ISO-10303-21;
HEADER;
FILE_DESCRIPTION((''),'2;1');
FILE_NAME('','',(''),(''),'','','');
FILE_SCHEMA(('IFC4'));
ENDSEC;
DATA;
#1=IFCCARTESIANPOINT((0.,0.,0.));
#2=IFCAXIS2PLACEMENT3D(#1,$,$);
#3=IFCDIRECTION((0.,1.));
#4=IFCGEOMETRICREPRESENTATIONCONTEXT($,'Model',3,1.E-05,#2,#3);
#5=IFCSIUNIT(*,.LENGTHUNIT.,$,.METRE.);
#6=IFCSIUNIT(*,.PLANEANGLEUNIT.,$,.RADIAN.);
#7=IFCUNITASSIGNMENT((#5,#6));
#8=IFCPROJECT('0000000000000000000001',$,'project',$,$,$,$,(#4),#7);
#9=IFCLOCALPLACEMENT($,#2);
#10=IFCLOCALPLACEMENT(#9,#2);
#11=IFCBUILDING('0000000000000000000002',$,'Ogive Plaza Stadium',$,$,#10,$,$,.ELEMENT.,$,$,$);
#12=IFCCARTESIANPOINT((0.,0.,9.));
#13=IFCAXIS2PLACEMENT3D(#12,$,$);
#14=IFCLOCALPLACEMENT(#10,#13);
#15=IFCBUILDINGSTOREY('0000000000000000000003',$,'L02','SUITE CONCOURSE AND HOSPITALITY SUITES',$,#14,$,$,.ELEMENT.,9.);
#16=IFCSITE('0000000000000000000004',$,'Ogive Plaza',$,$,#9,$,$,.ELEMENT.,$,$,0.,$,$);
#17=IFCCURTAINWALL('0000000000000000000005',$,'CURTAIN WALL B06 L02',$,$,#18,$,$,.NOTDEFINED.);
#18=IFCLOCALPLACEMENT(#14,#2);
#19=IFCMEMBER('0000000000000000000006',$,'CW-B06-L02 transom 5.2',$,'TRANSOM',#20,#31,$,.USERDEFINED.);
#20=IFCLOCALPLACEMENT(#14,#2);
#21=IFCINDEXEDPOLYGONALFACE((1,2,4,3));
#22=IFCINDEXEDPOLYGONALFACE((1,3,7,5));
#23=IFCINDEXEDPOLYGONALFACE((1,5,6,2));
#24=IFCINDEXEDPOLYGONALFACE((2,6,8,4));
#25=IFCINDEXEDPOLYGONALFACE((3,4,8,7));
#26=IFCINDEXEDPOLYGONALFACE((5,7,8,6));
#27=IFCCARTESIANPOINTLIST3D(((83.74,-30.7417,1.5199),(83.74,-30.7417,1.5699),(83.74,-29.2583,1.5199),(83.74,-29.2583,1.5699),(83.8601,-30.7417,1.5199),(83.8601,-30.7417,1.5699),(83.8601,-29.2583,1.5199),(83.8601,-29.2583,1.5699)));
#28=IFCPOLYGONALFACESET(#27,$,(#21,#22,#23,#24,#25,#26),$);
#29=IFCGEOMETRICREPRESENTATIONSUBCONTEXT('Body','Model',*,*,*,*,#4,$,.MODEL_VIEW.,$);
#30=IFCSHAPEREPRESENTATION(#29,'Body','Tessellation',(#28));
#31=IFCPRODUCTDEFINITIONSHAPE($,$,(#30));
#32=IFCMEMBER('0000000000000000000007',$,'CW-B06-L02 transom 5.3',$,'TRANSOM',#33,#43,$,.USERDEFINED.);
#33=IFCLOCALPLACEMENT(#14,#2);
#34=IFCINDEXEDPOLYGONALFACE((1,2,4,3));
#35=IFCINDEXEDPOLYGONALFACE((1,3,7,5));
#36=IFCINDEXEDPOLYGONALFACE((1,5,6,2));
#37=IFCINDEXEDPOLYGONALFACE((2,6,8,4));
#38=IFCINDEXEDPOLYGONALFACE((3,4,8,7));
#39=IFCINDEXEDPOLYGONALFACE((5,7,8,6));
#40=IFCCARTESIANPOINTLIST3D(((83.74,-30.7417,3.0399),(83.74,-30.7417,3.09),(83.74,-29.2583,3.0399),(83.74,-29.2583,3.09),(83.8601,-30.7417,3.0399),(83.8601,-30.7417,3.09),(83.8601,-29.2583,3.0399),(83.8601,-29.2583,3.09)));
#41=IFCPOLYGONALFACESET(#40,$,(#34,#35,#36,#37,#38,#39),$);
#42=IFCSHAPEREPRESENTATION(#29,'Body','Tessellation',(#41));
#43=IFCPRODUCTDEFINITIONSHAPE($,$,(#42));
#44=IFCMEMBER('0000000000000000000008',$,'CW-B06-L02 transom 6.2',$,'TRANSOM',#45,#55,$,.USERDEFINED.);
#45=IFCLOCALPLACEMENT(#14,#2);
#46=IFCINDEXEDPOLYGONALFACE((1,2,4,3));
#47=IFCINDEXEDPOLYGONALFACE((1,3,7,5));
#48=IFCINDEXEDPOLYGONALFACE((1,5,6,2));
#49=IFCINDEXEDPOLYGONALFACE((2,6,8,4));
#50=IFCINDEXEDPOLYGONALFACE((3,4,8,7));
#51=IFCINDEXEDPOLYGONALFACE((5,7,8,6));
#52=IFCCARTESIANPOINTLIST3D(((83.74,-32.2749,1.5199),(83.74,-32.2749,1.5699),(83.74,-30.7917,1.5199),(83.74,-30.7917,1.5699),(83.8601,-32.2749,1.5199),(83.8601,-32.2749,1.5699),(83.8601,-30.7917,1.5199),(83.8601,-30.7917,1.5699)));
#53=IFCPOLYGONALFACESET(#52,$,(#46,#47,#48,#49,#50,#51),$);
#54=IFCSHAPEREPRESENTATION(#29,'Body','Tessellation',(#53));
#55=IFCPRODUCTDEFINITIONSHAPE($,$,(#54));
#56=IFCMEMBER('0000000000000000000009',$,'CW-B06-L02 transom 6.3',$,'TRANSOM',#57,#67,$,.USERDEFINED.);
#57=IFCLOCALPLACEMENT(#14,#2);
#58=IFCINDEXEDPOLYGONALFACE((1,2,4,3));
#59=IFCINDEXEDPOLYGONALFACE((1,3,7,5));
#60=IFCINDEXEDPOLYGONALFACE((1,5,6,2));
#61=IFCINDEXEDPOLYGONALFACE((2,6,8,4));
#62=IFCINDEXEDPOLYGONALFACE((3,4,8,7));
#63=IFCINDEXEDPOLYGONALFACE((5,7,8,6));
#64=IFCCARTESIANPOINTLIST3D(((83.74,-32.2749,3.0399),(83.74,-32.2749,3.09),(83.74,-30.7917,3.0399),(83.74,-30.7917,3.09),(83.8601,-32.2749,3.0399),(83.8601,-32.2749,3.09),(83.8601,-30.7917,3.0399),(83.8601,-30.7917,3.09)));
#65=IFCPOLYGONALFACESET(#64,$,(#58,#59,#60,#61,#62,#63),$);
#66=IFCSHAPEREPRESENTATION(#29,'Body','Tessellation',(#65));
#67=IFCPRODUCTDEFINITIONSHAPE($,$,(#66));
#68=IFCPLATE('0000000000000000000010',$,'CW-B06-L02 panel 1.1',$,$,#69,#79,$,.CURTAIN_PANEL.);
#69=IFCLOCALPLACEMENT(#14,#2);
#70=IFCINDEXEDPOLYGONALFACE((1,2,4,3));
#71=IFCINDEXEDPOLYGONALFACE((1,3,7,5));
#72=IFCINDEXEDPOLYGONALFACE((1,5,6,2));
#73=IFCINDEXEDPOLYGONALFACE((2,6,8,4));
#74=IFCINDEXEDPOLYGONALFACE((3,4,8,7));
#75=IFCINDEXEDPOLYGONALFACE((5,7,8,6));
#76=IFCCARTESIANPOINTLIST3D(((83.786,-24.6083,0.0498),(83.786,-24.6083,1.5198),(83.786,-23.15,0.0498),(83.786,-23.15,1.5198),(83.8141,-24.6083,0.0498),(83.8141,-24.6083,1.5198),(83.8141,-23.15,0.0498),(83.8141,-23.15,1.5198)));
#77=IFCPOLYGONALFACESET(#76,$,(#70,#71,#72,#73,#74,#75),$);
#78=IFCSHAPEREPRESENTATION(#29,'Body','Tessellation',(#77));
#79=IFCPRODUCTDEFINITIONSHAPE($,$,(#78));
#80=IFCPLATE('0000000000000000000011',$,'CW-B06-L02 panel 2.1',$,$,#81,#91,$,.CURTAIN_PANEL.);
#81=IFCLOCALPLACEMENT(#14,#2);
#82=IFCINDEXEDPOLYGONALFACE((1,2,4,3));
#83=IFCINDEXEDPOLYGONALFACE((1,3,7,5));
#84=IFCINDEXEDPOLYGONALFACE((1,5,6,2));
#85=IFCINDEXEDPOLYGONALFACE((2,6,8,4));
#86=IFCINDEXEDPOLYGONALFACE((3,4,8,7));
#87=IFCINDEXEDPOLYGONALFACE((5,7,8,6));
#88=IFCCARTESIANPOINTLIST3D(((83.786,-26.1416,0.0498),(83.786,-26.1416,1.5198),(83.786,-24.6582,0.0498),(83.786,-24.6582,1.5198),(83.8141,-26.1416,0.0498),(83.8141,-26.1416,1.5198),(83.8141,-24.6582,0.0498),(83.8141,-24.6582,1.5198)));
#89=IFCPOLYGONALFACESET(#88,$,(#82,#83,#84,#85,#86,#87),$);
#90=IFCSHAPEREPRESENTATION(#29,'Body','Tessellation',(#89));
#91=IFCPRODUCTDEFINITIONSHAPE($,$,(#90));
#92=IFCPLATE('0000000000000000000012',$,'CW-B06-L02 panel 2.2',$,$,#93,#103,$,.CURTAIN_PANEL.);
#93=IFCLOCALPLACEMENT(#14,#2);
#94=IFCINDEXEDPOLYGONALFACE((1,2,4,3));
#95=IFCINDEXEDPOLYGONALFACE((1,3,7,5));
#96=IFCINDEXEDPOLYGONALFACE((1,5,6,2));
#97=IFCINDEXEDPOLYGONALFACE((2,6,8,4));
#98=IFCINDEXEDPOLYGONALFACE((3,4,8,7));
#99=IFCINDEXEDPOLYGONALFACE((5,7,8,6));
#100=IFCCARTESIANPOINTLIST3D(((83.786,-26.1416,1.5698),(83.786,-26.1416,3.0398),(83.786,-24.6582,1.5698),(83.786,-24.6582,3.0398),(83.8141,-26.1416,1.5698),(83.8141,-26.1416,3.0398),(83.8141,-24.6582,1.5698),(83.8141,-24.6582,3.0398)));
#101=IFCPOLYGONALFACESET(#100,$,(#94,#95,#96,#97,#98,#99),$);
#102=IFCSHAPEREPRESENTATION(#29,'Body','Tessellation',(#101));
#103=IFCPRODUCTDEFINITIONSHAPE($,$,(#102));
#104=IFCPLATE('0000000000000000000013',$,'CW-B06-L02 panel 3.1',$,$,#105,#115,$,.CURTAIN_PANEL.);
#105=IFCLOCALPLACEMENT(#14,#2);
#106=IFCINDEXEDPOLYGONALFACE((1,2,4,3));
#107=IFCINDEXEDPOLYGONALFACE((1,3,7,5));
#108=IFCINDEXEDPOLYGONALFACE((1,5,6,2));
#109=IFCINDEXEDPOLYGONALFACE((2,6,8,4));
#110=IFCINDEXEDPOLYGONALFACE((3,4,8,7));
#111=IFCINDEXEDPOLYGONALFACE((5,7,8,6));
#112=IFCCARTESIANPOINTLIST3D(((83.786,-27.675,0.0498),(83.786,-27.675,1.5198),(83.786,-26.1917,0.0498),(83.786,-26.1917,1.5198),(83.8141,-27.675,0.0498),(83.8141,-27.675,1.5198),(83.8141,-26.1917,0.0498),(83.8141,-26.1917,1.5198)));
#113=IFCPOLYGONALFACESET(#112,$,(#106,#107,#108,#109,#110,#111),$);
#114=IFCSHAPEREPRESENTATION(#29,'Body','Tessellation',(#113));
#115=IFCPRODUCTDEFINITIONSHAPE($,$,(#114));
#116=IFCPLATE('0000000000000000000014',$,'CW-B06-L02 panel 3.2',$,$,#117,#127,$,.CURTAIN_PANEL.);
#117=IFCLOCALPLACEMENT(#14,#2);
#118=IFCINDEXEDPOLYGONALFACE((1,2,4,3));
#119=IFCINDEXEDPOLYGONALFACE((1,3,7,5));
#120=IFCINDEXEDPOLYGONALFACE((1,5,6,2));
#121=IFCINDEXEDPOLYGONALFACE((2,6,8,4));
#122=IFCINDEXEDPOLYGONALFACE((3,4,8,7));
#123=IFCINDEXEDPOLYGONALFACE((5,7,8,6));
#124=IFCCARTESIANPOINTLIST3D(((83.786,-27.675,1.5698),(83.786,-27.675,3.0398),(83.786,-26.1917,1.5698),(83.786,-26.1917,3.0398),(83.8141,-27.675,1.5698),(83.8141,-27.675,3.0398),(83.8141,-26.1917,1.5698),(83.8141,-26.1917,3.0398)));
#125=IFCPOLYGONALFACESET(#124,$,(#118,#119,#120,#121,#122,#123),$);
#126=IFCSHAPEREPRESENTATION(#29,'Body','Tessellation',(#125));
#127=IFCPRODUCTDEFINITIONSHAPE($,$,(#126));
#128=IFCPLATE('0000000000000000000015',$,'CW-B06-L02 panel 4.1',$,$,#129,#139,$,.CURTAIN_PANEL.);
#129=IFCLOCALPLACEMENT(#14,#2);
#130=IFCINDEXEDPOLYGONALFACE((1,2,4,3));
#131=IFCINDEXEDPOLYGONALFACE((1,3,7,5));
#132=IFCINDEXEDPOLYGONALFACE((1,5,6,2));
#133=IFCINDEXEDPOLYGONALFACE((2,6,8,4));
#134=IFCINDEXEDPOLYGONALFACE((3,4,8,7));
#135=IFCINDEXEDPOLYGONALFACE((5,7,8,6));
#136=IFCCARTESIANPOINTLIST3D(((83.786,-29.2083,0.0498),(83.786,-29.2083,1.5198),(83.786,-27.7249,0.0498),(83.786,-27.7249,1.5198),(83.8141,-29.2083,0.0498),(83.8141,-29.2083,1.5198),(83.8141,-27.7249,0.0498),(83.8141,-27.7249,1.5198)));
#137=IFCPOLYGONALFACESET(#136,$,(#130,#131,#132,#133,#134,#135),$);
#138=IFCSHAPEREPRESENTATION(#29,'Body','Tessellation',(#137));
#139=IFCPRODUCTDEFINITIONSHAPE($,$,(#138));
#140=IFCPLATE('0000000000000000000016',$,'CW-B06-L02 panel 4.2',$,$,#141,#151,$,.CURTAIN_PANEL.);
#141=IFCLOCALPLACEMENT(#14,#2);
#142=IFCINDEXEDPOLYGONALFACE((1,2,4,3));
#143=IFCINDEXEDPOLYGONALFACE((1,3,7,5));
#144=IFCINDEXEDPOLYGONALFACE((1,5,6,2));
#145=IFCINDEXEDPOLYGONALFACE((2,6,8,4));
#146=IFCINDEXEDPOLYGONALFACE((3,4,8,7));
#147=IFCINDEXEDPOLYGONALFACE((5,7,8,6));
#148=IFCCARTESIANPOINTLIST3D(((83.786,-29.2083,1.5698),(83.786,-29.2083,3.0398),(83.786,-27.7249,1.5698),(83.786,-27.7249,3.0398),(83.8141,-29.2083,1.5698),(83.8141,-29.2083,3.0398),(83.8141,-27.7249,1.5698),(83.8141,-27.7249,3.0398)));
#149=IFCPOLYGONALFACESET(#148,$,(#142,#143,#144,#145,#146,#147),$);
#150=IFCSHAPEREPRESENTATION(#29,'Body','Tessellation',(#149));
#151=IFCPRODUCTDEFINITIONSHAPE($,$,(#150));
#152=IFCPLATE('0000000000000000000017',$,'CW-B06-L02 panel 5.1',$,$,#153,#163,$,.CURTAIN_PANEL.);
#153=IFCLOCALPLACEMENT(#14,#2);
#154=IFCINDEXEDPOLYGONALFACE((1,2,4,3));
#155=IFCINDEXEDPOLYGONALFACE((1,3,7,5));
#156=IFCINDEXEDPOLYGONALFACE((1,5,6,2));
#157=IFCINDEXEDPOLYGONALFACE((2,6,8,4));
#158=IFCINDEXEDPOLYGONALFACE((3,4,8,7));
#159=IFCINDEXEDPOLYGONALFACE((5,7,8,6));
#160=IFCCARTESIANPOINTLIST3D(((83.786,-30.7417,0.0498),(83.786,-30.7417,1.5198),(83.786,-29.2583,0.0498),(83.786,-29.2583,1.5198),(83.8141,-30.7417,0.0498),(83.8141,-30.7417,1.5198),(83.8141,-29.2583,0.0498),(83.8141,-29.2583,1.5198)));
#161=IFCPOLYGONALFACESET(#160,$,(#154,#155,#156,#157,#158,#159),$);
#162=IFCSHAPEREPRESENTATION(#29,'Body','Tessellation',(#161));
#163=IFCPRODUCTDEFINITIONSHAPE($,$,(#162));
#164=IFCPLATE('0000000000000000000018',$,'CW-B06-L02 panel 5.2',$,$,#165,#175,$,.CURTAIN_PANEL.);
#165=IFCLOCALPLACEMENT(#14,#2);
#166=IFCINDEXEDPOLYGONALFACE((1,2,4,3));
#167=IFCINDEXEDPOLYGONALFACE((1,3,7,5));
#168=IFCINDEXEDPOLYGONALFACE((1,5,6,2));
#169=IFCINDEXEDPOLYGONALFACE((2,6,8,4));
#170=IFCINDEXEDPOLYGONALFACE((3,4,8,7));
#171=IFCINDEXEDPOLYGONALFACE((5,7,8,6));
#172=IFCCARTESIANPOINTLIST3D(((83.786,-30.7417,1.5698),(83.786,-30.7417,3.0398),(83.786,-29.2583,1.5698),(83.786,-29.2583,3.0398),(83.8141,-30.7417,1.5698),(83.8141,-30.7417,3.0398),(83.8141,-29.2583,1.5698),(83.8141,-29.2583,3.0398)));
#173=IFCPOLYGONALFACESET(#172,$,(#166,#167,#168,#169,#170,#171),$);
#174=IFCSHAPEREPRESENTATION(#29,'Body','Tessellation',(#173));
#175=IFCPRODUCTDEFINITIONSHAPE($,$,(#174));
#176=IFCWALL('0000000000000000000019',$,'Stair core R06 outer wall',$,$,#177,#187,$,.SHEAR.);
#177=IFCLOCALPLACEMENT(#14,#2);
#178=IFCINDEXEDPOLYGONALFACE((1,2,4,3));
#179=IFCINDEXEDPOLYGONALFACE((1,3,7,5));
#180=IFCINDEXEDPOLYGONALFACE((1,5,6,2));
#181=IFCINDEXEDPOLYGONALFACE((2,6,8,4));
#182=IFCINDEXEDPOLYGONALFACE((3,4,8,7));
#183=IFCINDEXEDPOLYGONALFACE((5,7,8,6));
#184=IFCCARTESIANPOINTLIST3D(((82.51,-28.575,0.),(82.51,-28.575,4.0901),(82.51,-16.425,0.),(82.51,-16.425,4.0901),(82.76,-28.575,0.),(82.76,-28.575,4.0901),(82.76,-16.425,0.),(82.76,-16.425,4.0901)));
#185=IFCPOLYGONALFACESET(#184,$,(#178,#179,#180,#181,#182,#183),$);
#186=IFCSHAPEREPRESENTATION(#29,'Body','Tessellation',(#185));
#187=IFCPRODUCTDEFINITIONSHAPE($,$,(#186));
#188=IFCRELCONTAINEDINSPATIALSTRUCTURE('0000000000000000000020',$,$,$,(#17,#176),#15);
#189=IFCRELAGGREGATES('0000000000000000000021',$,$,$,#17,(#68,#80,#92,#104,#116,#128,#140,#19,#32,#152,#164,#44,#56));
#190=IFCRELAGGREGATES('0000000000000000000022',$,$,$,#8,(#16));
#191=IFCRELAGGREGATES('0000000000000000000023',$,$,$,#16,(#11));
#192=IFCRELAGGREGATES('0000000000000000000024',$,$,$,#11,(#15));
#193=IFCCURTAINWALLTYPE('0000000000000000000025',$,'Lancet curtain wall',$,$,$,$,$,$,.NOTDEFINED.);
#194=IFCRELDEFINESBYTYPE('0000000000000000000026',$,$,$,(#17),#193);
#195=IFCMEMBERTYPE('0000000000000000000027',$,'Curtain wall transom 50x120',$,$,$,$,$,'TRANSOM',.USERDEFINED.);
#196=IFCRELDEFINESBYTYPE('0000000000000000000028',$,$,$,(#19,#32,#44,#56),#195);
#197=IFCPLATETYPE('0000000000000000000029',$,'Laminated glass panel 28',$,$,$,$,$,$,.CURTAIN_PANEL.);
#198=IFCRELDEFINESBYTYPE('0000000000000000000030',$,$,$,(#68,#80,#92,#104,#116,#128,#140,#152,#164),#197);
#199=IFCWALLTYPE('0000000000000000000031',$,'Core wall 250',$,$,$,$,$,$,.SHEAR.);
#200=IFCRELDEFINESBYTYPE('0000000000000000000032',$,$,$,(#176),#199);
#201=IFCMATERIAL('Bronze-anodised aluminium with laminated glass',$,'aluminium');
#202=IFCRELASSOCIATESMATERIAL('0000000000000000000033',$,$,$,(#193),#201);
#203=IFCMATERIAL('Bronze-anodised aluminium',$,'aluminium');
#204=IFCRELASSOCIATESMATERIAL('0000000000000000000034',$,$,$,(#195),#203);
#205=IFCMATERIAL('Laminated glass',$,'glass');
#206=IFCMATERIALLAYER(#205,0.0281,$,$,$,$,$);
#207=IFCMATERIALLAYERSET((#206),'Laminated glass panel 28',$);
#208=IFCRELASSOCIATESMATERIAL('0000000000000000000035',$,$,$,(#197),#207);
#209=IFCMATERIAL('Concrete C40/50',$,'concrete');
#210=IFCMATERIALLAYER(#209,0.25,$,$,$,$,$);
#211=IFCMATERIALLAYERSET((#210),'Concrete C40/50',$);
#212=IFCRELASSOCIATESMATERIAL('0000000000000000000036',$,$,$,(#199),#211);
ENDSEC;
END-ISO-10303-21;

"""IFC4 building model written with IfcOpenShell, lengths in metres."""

from ifc_helpers import new_model, si_unit, direction, frame, frame_2d, origin, origin_2d, place, context, subcontext, project, spatial, rectangle, extrude, material, layer, layer_set, material_profile, profile_set, type_object, element, aggregate, save


model = new_model("IFC4")

# Units and contexts
model_context = context("Model", 3, precision=1e-05, world=origin(), true_north=direction((0.0, 1.0)))
body_context = subcontext(model_context, "Body", "Model", "MODEL_VIEW")
ifc_project = project(units=[si_unit("LENGTHUNIT", "METRE"), si_unit("PLANEANGLEUNIT", "RADIAN")], contexts=[model_context])

# Site, building, storey
site_placement = place(None, origin())
site = spatial("IfcSite", under=ifc_project, at=site_placement, Name="Ogive Plaza", CompositionType="ELEMENT", RefElevation=0.0)
building_placement = place(site_placement, origin())
building = spatial("IfcBuilding", under=site, at=building_placement, Name="Ogive Plaza Stadium", CompositionType="ELEMENT")
storey_placement = place(building_placement, frame((0.0, 0.0, 9.0)))
storey = spatial("IfcBuildingStorey", under=building, at=storey_placement, Name="L02", Description="SUITE CONCOURSE AND HOSPITALITY SUITES", CompositionType="ELEMENT", Elevation=9.0)

# Curtain wall, members, plates
ifc_material_1 = material(Name="Bronze-anodised aluminium with laminated glass", Category="aluminium")
curtain_wall_type = type_object("IfcCurtainWallType", Name="Lancet curtain wall", PredefinedType="NOTDEFINED", material=ifc_material_1)
curtain_wall_placement = place(storey_placement, origin())
curtain_wall = element("IfcCurtainWall", 1, at=curtain_wall_placement, inside=storey, type_object=curtain_wall_type, Name="CURTAIN WALL B06 L02", PredefinedType="NOTDEFINED")
ifc_material_2 = material(Name="Bronze-anodised aluminium", Category="aluminium")
ifc_material_profile_1 = material_profile(ifc_material_2, rectangle(XDim=0.1201, YDim=0.05, at=origin_2d()), Name="AL 120x50")
ifc_profile_set_1 = profile_set([ifc_material_profile_1], Name="Bronze-anodised aluminium")
member_type_1 = type_object("IfcMemberType", Name="Curtain wall transom 50x120", ElementType="TRANSOM", PredefinedType="USERDEFINED", material=ifc_profile_set_1)
member_1_placement = place(storey_placement, frame((83.8, -29.2583, 1.5449), z_axis=(0.0, -1.0, 0.0), x_axis=(1.0, 0.0, 0.0)))
member_1 = element("IfcMember", 2, at=member_1_placement, type_object=member_type_1, Name="CW-B06-L02 transom 5.2", ObjectType="TRANSOM", PredefinedType="USERDEFINED", context=body_context, shape_type="SweptSolid", body=[
    extrude(rectangle(XDim=0.1201, YDim=0.05, at=origin_2d()), origin(), (0.0, 0.0, 1.0), 1.4834),
])
member_2_placement = place(storey_placement, frame((83.8, -29.2583, 3.0649), z_axis=(0.0, -1.0, 0.0), x_axis=(1.0, 0.0, 0.0)))
member_2 = element("IfcMember", 3, at=member_2_placement, type_object=member_type_1, Name="CW-B06-L02 transom 5.3", ObjectType="TRANSOM", PredefinedType="USERDEFINED", context=body_context, shape_type="SweptSolid", body=[
    extrude(rectangle(XDim=0.1201, YDim=0.05, at=origin_2d()), origin(), (0.0, 0.0, 1.0), 1.4834),
])
member_3_placement = place(storey_placement, frame((83.8, -30.7917, 1.5449), z_axis=(0.0, -1.0, 0.0), x_axis=(1.0, 0.0, 0.0)))
member_3 = element("IfcMember", 4, at=member_3_placement, type_object=member_type_1, Name="CW-B06-L02 transom 6.2", ObjectType="TRANSOM", PredefinedType="USERDEFINED", context=body_context, shape_type="SweptSolid", body=[
    extrude(rectangle(XDim=0.1201, YDim=0.05, at=origin_2d()), origin(), (0.0, 0.0, 1.0), 1.4832),
])
member_4_placement = place(storey_placement, frame((83.8, -30.7917, 3.0649), z_axis=(0.0, -1.0, 0.0), x_axis=(1.0, 0.0, 0.0)))
member_4 = element("IfcMember", 5, at=member_4_placement, type_object=member_type_1, Name="CW-B06-L02 transom 6.3", ObjectType="TRANSOM", PredefinedType="USERDEFINED", context=body_context, shape_type="SweptSolid", body=[
    extrude(rectangle(XDim=0.1201, YDim=0.05, at=origin_2d()), origin(), (0.0, 0.0, 1.0), 1.4832),
])
ifc_material_3 = material(Name="Laminated glass", Category="glass")
ifc_layer_1 = layer(ifc_material_3, 0.0281)
ifc_layer_set_1 = layer_set([ifc_layer_1], Name="Laminated glass panel 28")
plate_type = type_object("IfcPlateType", Name="Laminated glass panel 28", PredefinedType="CURTAIN_PANEL", material=ifc_layer_set_1)
plate_1_placement = place(storey_placement, frame((83.8, -23.8792, 0.0498), z_axis=(0.0, 0.0, 1.0), x_axis=(0.0, -1.0, 0.0)))
plate_1 = element("IfcPlate", 6, at=plate_1_placement, type_object=plate_type, Name="CW-B06-L02 panel 1.1", PredefinedType="CURTAIN_PANEL", context=body_context, shape_type="SweptSolid", body=[
    extrude(rectangle(XDim=1.4583, YDim=0.0281, at=origin_2d()), origin(), (0.0, 0.0, 1.0), 1.47),
])
plate_2_placement = place(storey_placement, frame((83.8, -25.3999, 0.0498), z_axis=(0.0, 0.0, 1.0), x_axis=(0.0, -1.0, 0.0)))
plate_2 = element("IfcPlate", 7, at=plate_2_placement, type_object=plate_type, Name="CW-B06-L02 panel 2.1", PredefinedType="CURTAIN_PANEL", context=body_context, shape_type="SweptSolid", body=[
    extrude(rectangle(XDim=1.4834, YDim=0.0281, at=origin_2d()), origin(), (0.0, 0.0, 1.0), 1.47),
])
plate_3_placement = place(storey_placement, frame((83.8, -25.3999, 1.5698), z_axis=(0.0, 0.0, 1.0), x_axis=(0.0, -1.0, 0.0)))
plate_3 = element("IfcPlate", 8, at=plate_3_placement, type_object=plate_type, Name="CW-B06-L02 panel 2.2", PredefinedType="CURTAIN_PANEL", context=body_context, shape_type="SweptSolid", body=[
    extrude(rectangle(XDim=1.4834, YDim=0.0281, at=origin_2d()), origin(), (0.0, 0.0, 1.0), 1.47),
])
plate_4_placement = place(storey_placement, frame((83.8, -26.9333, 0.0498), z_axis=(0.0, 0.0, 1.0), x_axis=(0.0, -1.0, 0.0)))
plate_4 = element("IfcPlate", 9, at=plate_4_placement, type_object=plate_type, Name="CW-B06-L02 panel 3.1", PredefinedType="CURTAIN_PANEL", context=body_context, shape_type="SweptSolid", body=[
    extrude(rectangle(XDim=1.4834, YDim=0.0281, at=origin_2d()), origin(), (0.0, 0.0, 1.0), 1.47),
])
plate_5_placement = place(storey_placement, frame((83.8, -26.9333, 1.5698), z_axis=(0.0, 0.0, 1.0), x_axis=(0.0, -1.0, 0.0)))
plate_5 = element("IfcPlate", 10, at=plate_5_placement, type_object=plate_type, Name="CW-B06-L02 panel 3.2", PredefinedType="CURTAIN_PANEL", context=body_context, shape_type="SweptSolid", body=[
    extrude(rectangle(XDim=1.4834, YDim=0.0281, at=origin_2d()), origin(), (0.0, 0.0, 1.0), 1.47),
])
plate_6_placement = place(storey_placement, frame((83.8, -28.4666, 0.0498), z_axis=(0.0, 0.0, 1.0), x_axis=(0.0, -1.0, 0.0)))
plate_6 = element("IfcPlate", 11, at=plate_6_placement, type_object=plate_type, Name="CW-B06-L02 panel 4.1", PredefinedType="CURTAIN_PANEL", context=body_context, shape_type="SweptSolid", body=[
    extrude(rectangle(XDim=1.4834, YDim=0.0281, at=origin_2d()), origin(), (0.0, 0.0, 1.0), 1.47),
])
plate_7_placement = place(storey_placement, frame((83.8, -28.4666, 1.5698), z_axis=(0.0, 0.0, 1.0), x_axis=(0.0, -1.0, 0.0)))
plate_7 = element("IfcPlate", 12, at=plate_7_placement, type_object=plate_type, Name="CW-B06-L02 panel 4.2", PredefinedType="CURTAIN_PANEL", context=body_context, shape_type="SweptSolid", body=[
    extrude(rectangle(XDim=1.4834, YDim=0.0281, at=origin_2d()), origin(), (0.0, 0.0, 1.0), 1.47),
])
plate_8_placement = place(storey_placement, frame((83.8, -30.0, 0.0498), z_axis=(0.0, 0.0, 1.0), x_axis=(0.0, -1.0, 0.0)))
plate_8 = element("IfcPlate", 13, at=plate_8_placement, type_object=plate_type, Name="CW-B06-L02 panel 5.1", PredefinedType="CURTAIN_PANEL", context=body_context, shape_type="SweptSolid", body=[
    extrude(rectangle(XDim=1.4834, YDim=0.0281, at=origin_2d()), origin(), (0.0, 0.0, 1.0), 1.47),
])
plate_9_placement = place(storey_placement, frame((83.8, -30.0, 1.5698), z_axis=(0.0, 0.0, 1.0), x_axis=(0.0, -1.0, 0.0)))
plate_9 = element("IfcPlate", 14, at=plate_9_placement, type_object=plate_type, Name="CW-B06-L02 panel 5.2", PredefinedType="CURTAIN_PANEL", context=body_context, shape_type="SweptSolid", body=[
    extrude(rectangle(XDim=1.4834, YDim=0.0281, at=origin_2d()), origin(), (0.0, 0.0, 1.0), 1.47),
])
aggregate(curtain_wall, [plate_1, plate_2, plate_3, plate_4, plate_5, plate_6, plate_7, member_1, member_2, plate_8, plate_9, member_3, member_4])

# Wall
ifc_material_4 = material(Name="Concrete C40/50", Category="concrete")
ifc_layer_2 = layer(ifc_material_4, 0.25)
ifc_layer_set_2 = layer_set([ifc_layer_2], Name="Concrete C40/50")
wall_type = type_object("IfcWallType", Name="Core wall 250", PredefinedType="SHEAR", material=ifc_layer_set_2)
wall_placement = place(storey_placement, frame((82.635, -28.575, 0.0), z_axis=(0.0, 0.0, 1.0), x_axis=(0.0, 1.0, 0.0)))
element("IfcWall", 15, at=wall_placement, inside=storey, type_object=wall_type, Name="Stair core R06 outer wall", PredefinedType="SHEAR", context=body_context, shape_type="SweptSolid", body=[
    extrude(rectangle(XDim=12.1499, YDim=0.25, at=frame_2d((6.075, 0.0))), origin(), (0.0, 0.0, 1.0), 4.0901),
])

save(model, "model.ifc")
